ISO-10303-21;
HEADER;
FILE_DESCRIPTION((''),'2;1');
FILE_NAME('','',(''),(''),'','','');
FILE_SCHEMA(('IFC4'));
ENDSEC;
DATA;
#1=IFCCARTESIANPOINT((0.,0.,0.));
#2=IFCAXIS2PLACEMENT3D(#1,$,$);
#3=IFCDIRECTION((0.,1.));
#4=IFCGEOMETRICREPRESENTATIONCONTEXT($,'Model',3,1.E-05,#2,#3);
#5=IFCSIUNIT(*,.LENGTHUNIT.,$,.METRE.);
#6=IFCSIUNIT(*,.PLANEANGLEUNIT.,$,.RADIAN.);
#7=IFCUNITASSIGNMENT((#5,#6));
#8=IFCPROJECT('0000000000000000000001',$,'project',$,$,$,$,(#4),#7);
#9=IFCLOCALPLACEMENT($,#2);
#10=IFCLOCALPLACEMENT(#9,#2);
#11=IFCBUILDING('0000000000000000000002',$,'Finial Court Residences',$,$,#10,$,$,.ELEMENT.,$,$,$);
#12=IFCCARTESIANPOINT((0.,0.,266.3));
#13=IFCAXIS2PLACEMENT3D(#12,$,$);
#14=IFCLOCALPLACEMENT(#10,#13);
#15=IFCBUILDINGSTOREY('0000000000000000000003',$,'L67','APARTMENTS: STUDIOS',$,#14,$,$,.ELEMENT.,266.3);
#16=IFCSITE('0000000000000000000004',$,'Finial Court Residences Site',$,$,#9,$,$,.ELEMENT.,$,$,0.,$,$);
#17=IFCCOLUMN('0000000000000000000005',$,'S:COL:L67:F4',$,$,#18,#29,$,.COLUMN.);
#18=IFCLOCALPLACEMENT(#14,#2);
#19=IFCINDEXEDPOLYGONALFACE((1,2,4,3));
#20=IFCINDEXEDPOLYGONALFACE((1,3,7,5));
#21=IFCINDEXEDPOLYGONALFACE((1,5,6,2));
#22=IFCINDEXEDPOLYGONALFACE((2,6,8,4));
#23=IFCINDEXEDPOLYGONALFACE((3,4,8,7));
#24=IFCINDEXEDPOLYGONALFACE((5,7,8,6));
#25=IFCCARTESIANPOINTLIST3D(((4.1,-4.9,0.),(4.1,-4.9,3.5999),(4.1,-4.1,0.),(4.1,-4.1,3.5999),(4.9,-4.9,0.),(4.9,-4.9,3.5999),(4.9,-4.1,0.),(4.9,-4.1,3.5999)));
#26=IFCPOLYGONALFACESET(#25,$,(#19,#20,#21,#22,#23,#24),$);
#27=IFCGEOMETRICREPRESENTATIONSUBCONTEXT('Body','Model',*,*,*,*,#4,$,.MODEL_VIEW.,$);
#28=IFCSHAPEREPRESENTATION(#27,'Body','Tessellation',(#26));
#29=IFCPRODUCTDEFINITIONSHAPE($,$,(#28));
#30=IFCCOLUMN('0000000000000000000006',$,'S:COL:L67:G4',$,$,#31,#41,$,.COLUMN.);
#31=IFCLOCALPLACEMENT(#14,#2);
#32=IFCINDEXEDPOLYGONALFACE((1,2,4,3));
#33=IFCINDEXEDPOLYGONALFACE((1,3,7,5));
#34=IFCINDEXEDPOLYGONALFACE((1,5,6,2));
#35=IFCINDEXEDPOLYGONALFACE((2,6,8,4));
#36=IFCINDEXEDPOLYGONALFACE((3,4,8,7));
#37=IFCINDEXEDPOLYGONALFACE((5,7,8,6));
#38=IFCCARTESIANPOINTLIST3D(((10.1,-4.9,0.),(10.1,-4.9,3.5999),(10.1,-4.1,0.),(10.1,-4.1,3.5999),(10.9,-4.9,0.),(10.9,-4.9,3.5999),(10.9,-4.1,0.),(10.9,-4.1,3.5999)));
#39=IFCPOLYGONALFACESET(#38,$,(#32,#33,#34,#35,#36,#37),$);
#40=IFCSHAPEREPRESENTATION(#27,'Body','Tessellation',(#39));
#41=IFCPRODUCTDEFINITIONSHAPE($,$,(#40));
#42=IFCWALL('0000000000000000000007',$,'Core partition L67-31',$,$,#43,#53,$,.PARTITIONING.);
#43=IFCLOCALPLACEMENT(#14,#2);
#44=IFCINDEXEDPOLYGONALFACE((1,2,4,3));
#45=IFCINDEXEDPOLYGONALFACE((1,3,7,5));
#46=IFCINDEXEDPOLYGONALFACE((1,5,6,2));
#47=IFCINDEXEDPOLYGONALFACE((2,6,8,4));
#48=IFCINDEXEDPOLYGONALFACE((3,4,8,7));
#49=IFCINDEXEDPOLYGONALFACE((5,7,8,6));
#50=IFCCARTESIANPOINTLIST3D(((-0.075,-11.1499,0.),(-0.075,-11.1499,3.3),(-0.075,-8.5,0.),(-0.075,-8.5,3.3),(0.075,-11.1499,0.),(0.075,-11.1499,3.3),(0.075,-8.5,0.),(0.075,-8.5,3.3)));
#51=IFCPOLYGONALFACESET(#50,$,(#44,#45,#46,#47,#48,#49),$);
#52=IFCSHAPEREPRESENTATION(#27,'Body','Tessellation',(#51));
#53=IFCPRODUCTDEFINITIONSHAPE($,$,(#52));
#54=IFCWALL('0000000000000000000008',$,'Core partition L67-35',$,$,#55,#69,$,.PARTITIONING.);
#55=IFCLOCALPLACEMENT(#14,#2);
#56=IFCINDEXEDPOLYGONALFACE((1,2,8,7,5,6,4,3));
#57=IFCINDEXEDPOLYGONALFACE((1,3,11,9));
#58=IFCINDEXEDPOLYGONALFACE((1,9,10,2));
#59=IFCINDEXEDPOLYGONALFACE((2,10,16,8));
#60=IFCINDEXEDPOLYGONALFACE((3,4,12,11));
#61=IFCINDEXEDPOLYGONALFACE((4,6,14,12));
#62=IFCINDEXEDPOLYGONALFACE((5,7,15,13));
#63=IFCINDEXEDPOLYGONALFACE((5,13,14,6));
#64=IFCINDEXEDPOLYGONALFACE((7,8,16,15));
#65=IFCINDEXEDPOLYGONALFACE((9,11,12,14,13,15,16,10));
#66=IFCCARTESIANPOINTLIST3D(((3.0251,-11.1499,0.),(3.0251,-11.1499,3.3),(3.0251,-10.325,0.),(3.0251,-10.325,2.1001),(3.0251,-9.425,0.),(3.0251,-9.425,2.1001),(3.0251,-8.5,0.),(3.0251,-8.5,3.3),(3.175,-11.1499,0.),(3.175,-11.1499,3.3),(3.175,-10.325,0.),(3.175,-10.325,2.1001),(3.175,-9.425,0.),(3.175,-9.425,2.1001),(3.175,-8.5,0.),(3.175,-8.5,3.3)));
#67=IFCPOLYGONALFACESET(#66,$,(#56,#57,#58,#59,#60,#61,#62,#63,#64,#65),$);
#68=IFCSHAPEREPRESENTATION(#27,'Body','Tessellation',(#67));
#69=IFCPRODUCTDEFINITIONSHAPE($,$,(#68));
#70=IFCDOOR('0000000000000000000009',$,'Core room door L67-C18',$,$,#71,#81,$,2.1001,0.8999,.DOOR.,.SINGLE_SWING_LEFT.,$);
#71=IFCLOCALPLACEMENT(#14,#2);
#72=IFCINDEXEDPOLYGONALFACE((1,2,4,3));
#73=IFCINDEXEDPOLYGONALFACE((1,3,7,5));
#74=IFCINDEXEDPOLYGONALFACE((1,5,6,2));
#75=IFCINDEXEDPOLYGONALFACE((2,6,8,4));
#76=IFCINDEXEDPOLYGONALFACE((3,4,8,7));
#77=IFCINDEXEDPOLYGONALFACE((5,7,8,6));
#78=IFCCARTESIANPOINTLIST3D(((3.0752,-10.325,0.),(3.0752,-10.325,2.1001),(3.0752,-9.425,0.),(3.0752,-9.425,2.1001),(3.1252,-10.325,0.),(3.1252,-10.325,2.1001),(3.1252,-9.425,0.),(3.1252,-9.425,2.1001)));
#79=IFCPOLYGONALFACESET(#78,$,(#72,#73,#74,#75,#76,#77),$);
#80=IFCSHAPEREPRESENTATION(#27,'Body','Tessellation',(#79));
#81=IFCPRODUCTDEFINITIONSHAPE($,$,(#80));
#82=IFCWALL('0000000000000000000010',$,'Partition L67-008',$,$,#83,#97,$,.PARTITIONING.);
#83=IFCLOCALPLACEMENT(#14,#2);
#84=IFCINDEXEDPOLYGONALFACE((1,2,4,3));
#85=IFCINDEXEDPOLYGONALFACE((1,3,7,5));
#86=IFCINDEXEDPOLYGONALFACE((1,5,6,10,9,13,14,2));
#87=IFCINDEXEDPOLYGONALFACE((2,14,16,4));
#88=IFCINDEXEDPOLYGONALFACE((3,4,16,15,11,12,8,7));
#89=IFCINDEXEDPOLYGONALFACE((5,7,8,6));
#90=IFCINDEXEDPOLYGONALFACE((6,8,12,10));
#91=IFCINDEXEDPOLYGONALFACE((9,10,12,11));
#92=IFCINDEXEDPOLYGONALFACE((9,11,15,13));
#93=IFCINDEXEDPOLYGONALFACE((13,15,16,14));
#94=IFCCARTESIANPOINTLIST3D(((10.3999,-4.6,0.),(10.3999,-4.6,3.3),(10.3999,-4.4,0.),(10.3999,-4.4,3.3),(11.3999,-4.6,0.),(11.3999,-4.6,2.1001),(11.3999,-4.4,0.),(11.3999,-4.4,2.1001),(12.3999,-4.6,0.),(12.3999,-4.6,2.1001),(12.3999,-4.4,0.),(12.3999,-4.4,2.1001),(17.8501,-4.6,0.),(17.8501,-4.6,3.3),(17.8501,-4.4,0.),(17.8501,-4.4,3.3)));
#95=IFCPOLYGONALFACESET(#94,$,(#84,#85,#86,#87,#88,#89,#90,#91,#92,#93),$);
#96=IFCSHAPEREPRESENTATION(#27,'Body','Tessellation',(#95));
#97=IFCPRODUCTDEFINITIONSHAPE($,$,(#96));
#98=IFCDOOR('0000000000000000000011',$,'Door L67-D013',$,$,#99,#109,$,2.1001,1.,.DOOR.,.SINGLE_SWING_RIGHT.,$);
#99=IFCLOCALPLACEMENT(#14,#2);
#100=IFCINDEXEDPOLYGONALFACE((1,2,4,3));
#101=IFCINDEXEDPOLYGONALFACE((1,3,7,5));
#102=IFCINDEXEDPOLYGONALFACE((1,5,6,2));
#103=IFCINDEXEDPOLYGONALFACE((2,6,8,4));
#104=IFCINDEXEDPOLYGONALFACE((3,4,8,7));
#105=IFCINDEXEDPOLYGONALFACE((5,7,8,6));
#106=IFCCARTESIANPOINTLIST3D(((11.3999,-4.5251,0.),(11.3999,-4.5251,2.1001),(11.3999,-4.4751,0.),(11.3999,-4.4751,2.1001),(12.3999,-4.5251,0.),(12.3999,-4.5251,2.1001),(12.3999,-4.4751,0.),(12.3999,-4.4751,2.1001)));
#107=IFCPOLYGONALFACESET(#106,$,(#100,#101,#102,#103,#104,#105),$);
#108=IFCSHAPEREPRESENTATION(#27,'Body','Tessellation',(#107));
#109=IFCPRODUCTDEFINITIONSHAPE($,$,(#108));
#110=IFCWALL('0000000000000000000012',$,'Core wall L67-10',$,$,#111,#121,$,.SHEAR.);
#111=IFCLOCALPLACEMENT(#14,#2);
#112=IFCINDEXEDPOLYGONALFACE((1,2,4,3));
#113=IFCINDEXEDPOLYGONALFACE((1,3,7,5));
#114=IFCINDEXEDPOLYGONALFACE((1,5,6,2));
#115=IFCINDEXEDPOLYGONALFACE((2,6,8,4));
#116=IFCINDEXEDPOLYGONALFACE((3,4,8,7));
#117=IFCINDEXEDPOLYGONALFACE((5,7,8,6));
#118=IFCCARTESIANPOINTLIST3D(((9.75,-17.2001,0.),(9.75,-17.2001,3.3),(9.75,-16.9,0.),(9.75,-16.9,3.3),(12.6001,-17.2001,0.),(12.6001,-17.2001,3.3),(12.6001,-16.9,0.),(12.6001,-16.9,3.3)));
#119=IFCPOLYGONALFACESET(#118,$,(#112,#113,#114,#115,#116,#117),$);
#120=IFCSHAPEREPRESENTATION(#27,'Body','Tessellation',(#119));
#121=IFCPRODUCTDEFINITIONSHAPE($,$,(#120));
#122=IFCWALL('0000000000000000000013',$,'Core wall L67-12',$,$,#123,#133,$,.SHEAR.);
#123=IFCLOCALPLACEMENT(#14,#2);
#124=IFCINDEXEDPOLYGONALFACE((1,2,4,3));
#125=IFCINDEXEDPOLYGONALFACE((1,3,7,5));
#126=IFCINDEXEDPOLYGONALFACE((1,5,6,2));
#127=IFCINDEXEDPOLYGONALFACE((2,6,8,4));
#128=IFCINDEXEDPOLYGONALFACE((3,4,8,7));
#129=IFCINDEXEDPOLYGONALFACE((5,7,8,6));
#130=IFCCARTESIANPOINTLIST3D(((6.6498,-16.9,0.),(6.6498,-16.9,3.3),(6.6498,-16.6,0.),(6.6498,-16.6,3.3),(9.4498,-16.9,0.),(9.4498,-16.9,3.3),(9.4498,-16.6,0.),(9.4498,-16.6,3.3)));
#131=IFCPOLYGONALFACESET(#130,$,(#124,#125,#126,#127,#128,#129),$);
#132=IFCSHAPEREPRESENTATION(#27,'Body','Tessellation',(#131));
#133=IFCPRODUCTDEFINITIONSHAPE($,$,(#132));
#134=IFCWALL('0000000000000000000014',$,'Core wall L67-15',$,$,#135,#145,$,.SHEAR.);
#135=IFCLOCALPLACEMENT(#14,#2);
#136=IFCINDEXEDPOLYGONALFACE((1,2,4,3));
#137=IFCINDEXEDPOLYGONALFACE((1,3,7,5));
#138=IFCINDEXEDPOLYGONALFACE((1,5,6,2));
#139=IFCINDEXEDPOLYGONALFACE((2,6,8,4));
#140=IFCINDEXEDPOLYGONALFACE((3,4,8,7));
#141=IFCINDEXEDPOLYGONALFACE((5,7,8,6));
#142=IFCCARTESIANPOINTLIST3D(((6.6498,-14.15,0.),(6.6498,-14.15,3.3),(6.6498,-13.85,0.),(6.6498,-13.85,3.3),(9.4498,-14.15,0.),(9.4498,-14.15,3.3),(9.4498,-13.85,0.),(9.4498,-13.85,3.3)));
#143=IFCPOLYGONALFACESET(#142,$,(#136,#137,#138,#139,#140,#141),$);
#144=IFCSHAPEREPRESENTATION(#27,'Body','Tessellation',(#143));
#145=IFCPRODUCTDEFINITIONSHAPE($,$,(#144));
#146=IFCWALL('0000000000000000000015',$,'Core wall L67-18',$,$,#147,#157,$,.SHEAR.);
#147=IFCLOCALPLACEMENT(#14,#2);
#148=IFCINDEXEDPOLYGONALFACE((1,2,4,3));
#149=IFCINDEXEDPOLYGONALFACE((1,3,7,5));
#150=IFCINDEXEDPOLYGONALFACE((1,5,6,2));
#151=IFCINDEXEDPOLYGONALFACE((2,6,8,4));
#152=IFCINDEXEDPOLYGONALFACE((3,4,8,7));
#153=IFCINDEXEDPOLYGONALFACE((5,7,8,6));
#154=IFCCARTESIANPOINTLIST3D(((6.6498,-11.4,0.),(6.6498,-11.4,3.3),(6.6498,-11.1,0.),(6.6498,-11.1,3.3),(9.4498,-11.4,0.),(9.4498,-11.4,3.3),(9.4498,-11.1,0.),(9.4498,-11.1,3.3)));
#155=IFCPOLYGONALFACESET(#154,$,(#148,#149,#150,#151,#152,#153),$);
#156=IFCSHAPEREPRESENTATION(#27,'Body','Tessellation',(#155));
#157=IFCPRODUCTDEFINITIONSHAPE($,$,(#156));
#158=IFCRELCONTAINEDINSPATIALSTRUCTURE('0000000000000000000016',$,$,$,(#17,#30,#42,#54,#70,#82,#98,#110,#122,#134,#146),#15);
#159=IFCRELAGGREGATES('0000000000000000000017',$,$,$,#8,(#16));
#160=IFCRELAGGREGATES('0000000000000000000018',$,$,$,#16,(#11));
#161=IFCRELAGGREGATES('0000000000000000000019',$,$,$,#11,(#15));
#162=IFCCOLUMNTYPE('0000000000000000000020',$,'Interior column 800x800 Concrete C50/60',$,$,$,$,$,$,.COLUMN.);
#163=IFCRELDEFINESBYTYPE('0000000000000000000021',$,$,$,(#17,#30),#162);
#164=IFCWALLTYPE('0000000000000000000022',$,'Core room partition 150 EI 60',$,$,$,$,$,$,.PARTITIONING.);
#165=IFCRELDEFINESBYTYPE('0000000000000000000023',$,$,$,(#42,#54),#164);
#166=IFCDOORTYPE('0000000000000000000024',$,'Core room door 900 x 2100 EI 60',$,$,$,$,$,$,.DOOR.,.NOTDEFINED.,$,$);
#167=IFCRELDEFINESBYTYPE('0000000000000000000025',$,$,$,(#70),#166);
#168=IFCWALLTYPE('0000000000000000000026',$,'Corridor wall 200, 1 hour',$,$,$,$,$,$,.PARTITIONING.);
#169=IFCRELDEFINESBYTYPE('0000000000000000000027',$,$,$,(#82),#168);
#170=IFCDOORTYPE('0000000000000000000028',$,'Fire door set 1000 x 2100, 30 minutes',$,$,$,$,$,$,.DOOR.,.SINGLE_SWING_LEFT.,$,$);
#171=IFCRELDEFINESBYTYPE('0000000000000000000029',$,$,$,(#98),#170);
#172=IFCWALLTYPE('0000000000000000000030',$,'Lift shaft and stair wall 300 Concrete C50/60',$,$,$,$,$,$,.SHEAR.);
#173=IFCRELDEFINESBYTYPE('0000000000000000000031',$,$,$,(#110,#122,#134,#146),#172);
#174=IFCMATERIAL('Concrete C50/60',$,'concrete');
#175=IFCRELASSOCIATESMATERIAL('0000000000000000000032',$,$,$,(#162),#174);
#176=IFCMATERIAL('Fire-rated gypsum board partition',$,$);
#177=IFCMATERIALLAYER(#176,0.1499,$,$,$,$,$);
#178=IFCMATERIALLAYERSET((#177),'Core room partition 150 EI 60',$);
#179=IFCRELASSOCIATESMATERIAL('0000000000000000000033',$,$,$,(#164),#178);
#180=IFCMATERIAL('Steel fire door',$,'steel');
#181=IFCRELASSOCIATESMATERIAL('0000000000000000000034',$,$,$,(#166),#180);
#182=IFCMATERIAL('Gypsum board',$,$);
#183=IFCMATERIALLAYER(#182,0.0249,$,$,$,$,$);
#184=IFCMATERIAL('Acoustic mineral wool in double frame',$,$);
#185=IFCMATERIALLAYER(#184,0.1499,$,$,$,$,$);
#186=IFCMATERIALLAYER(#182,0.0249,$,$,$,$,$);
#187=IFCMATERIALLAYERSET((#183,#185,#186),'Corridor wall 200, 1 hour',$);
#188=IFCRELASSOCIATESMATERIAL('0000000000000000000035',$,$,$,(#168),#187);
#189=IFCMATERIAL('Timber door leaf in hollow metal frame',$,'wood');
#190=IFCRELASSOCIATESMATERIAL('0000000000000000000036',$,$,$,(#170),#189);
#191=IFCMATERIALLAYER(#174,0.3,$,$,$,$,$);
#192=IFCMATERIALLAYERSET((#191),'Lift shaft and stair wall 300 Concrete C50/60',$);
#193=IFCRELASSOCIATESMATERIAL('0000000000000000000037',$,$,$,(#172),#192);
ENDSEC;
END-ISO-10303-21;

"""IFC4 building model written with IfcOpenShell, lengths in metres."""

from ifc_helpers import new_model, si_unit, direction, frame, frame_2d, origin, origin_2d, place, context, subcontext, project, spatial, rectangle, extrude, material, layer, layer_set, material_profile, profile_set, type_object, element, fill, save


model = new_model("IFC4")

# Units and contexts
model_context = context("Model", 3, precision=1e-05, world=origin(), true_north=direction((0.0, 1.0)))
body_context = subcontext(model_context, "Body", "Model", "MODEL_VIEW")
ifc_project = project(units=[si_unit("LENGTHUNIT", "METRE"), si_unit("PLANEANGLEUNIT", "RADIAN")], contexts=[model_context])

# Site, building, storey
site_placement = place(None, origin())
site = spatial("IfcSite", under=ifc_project, at=site_placement, Name="Finial Court Residences Site", CompositionType="ELEMENT", RefElevation=0.0)
building_placement = place(site_placement, origin())
building = spatial("IfcBuilding", under=site, at=building_placement, Name="Finial Court Residences", CompositionType="ELEMENT")
storey_placement = place(building_placement, frame((0.0, 0.0, 266.3)))
storey = spatial("IfcBuildingStorey", under=building, at=storey_placement, Name="L67", Description="APARTMENTS: STUDIOS", CompositionType="ELEMENT", Elevation=266.3)

# Columns
ifc_material_1 = material(Name="Concrete C50/60", Category="concrete")
ifc_material_profile = material_profile(ifc_material_1, rectangle(XDim=0.8, YDim=0.8, at=origin_2d()), Name="800x800")
ifc_profile_set = profile_set([ifc_material_profile], Name="Concrete C50/60")
column_type = type_object("IfcColumnType", Name="Interior column 800x800 Concrete C50/60", PredefinedType="COLUMN", material=ifc_profile_set)
for number, where, z_axis, x_axis, name in (
    (1, (4.5, -4.5, 0.0), (0.0, 0.0, 1.0), (1.0, 0.0, 0.0), "S:COL:L67:F4"),
    (2, (10.5, -4.5, 0.0), (0.0, 0.0, 1.0), (1.0, 0.0, 0.0), "S:COL:L67:G4"),
):
    element("IfcColumn", number, at=place(storey_placement, frame(where, z_axis=z_axis, x_axis=x_axis)), inside=storey, type_object=column_type, Name=name, PredefinedType="COLUMN", context=body_context, shape_type="SweptSolid", body=[
        extrude(rectangle(XDim=0.8, YDim=0.8, at=origin_2d()), origin(), (0.0, 0.0, 1.0), 3.5999),
    ])

# Wall
ifc_material_2 = material(Name="Fire-rated gypsum board partition")
ifc_layer_1 = layer(ifc_material_2, 0.1499)
ifc_layer_set_1 = layer_set([ifc_layer_1], Name="Core room partition 150 EI 60")
wall_type_1 = type_object("IfcWallType", Name="Core room partition 150 EI 60", PredefinedType="PARTITIONING", material=ifc_layer_set_1)
wall_1_placement = place(storey_placement, frame((0.0, -11.1499, 0.0), z_axis=(0.0, 0.0, 1.0), x_axis=(0.0, 1.0, 0.0)))
element("IfcWall", 3, at=wall_1_placement, inside=storey, type_object=wall_type_1, Name="Core partition L67-31", PredefinedType="PARTITIONING", context=body_context, shape_type="SweptSolid", body=[
    extrude(rectangle(XDim=2.6499, YDim=0.1499, at=frame_2d((1.325, 0.0))), origin(), (0.0, 0.0, 1.0), 3.3),
])

# Walls, openings, doors
wall_2_placement = place(storey_placement, frame((3.1001, -11.1499, 0.0), z_axis=(0.0, 0.0, 1.0), x_axis=(0.0, 1.0, 0.0)))
wall_2 = element("IfcWall", 4, at=wall_2_placement, inside=storey, type_object=wall_type_1, Name="Core partition L67-35", PredefinedType="PARTITIONING", context=body_context, shape_type="SweptSolid", body=[
    extrude(rectangle(XDim=2.6499, YDim=0.1499, at=frame_2d((1.325, 0.0))), origin(), (0.0, 0.0, 1.0), 3.3),
])
opening_1_placement = place(wall_2_placement, frame((0.825, 0.0, 0.0)))
opening_1 = element("IfcOpeningElement", 5, at=opening_1_placement, cuts=wall_2, PredefinedType="OPENING", context=body_context, shape_type="SweptSolid", body=[
    extrude(rectangle(XDim=0.8999, YDim=2.1001, at=frame_2d((0.45, 1.05))), frame((0.0, 0.085, 0.0), z_axis=(0.0, -1.0, 0.0), x_axis=(1.0, 0.0, 0.0)), (0.0, 0.0, 1.0), 0.1699),
])
ifc_material_3 = material(Name="Steel fire door", Category="steel")
door_type_1 = type_object("IfcDoorType", Name="Core room door 900 x 2100 EI 60", OperationType="NOTDEFINED", PredefinedType="DOOR", material=ifc_material_3)
door_1_placement = place(opening_1_placement, origin())
door_1 = element("IfcDoor", 6, at=door_1_placement, inside=storey, type_object=door_type_1, Name="Core room door L67-C18", OperationType="SINGLE_SWING_LEFT", OverallHeight=2.1001, OverallWidth=0.8999, PredefinedType="DOOR", context=body_context, shape_type="SweptSolid", body=[
    extrude(rectangle(XDim=0.8999, YDim=2.1001, at=frame_2d((0.45, 1.05))), frame((0.0, 0.0249, 0.0), z_axis=(0.0, -1.0, 0.0), x_axis=(1.0, 0.0, 0.0)), (0.0, 0.0, 1.0), 0.05),
])
fill(opening_1, door_1)
ifc_material_4 = material(Name="Gypsum board")
ifc_layer_2 = layer(ifc_material_4, 0.0249)
ifc_material_5 = material(Name="Acoustic mineral wool in double frame")
ifc_layer_3 = layer(ifc_material_5, 0.1499)
ifc_layer_4 = layer(ifc_material_4, 0.0249)
ifc_layer_set_2 = layer_set([ifc_layer_2, ifc_layer_3, ifc_layer_4], Name="Corridor wall 200, 1 hour")
wall_type_2 = type_object("IfcWallType", Name="Corridor wall 200, 1 hour", PredefinedType="PARTITIONING", material=ifc_layer_set_2)
wall_3_placement = place(storey_placement, frame((10.3999, -4.5, 0.0), z_axis=(0.0, 0.0, 1.0), x_axis=(1.0, 0.0, 0.0)))
wall_3 = element("IfcWall", 7, at=wall_3_placement, inside=storey, type_object=wall_type_2, Name="Partition L67-008", PredefinedType="PARTITIONING", context=body_context, shape_type="SweptSolid", body=[
    extrude(rectangle(XDim=7.4502, YDim=0.2, at=frame_2d((3.7251, 0.0))), origin(), (0.0, 0.0, 1.0), 3.3),
])
opening_2_placement = place(wall_3_placement, frame((1.0, 0.0, 0.0)))
opening_2 = element("IfcOpeningElement", 8, at=opening_2_placement, cuts=wall_3, PredefinedType="OPENING", context=body_context, shape_type="SweptSolid", body=[
    extrude(rectangle(XDim=1.0, YDim=2.1001, at=frame_2d((0.5, 1.05))), frame((0.0, 0.1099, 0.0), z_axis=(0.0, -1.0, 0.0), x_axis=(1.0, 0.0, 0.0)), (0.0, 0.0, 1.0), 0.22),
])
ifc_material_6 = material(Name="Timber door leaf in hollow metal frame", Category="wood")
door_type_2 = type_object("IfcDoorType", Name="Fire door set 1000 x 2100, 30 minutes", OperationType="SINGLE_SWING_LEFT", PredefinedType="DOOR", material=ifc_material_6)
door_2_placement = place(opening_2_placement, origin())
door_2 = element("IfcDoor", 9, at=door_2_placement, inside=storey, type_object=door_type_2, Name="Door L67-D013", OperationType="SINGLE_SWING_RIGHT", OverallHeight=2.1001, OverallWidth=1.0, PredefinedType="DOOR", context=body_context, shape_type="SweptSolid", body=[
    extrude(rectangle(XDim=1.0, YDim=2.1001, at=frame_2d((0.5, 1.05))), frame((0.0, 0.0249, 0.0), z_axis=(0.0, -1.0, 0.0), x_axis=(1.0, 0.0, 0.0)), (0.0, 0.0, 1.0), 0.05),
])
fill(opening_2, door_2)

# Walls
ifc_layer_5 = layer(ifc_material_1, 0.3)
ifc_layer_set_3 = layer_set([ifc_layer_5], Name="Lift shaft and stair wall 300 Concrete C50/60")
wall_type_3 = type_object("IfcWallType", Name="Lift shaft and stair wall 300 Concrete C50/60", PredefinedType="SHEAR", material=ifc_layer_set_3)
wall_4_placement = place(storey_placement, frame((9.75, -17.05, 0.0), z_axis=(0.0, 0.0, 1.0), x_axis=(1.0, 0.0, 0.0)))
element("IfcWall", 10, at=wall_4_placement, inside=storey, type_object=wall_type_3, Name="Core wall L67-10", PredefinedType="SHEAR", context=body_context, shape_type="SweptSolid", body=[
    extrude(rectangle(XDim=2.8501, YDim=0.3, at=frame_2d((1.425, 0.0))), origin(), (0.0, 0.0, 1.0), 3.3),
])
for number, where, z_axis, x_axis, name in (
    (11, (6.6499, -16.75, 0.0), (0.0, 0.0, 1.0), (1.0, 0.0, 0.0), "Core wall L67-12"),
    (12, (6.6499, -14.0, 0.0), (0.0, 0.0, 1.0), (1.0, 0.0, 0.0), "Core wall L67-15"),
    (13, (6.6499, -11.25, 0.0), (0.0, 0.0, 1.0), (1.0, 0.0, 0.0), "Core wall L67-18"),
):
    element("IfcWall", number, at=place(storey_placement, frame(where, z_axis=z_axis, x_axis=x_axis)), inside=storey, type_object=wall_type_3, Name=name, PredefinedType="SHEAR", context=body_context, shape_type="SweptSolid", body=[
        extrude(rectangle(XDim=2.8, YDim=0.3, at=frame_2d((1.3999, 0.0))), origin(), (0.0, 0.0, 1.0), 3.3),
    ])

save(model, "model.ifc")
